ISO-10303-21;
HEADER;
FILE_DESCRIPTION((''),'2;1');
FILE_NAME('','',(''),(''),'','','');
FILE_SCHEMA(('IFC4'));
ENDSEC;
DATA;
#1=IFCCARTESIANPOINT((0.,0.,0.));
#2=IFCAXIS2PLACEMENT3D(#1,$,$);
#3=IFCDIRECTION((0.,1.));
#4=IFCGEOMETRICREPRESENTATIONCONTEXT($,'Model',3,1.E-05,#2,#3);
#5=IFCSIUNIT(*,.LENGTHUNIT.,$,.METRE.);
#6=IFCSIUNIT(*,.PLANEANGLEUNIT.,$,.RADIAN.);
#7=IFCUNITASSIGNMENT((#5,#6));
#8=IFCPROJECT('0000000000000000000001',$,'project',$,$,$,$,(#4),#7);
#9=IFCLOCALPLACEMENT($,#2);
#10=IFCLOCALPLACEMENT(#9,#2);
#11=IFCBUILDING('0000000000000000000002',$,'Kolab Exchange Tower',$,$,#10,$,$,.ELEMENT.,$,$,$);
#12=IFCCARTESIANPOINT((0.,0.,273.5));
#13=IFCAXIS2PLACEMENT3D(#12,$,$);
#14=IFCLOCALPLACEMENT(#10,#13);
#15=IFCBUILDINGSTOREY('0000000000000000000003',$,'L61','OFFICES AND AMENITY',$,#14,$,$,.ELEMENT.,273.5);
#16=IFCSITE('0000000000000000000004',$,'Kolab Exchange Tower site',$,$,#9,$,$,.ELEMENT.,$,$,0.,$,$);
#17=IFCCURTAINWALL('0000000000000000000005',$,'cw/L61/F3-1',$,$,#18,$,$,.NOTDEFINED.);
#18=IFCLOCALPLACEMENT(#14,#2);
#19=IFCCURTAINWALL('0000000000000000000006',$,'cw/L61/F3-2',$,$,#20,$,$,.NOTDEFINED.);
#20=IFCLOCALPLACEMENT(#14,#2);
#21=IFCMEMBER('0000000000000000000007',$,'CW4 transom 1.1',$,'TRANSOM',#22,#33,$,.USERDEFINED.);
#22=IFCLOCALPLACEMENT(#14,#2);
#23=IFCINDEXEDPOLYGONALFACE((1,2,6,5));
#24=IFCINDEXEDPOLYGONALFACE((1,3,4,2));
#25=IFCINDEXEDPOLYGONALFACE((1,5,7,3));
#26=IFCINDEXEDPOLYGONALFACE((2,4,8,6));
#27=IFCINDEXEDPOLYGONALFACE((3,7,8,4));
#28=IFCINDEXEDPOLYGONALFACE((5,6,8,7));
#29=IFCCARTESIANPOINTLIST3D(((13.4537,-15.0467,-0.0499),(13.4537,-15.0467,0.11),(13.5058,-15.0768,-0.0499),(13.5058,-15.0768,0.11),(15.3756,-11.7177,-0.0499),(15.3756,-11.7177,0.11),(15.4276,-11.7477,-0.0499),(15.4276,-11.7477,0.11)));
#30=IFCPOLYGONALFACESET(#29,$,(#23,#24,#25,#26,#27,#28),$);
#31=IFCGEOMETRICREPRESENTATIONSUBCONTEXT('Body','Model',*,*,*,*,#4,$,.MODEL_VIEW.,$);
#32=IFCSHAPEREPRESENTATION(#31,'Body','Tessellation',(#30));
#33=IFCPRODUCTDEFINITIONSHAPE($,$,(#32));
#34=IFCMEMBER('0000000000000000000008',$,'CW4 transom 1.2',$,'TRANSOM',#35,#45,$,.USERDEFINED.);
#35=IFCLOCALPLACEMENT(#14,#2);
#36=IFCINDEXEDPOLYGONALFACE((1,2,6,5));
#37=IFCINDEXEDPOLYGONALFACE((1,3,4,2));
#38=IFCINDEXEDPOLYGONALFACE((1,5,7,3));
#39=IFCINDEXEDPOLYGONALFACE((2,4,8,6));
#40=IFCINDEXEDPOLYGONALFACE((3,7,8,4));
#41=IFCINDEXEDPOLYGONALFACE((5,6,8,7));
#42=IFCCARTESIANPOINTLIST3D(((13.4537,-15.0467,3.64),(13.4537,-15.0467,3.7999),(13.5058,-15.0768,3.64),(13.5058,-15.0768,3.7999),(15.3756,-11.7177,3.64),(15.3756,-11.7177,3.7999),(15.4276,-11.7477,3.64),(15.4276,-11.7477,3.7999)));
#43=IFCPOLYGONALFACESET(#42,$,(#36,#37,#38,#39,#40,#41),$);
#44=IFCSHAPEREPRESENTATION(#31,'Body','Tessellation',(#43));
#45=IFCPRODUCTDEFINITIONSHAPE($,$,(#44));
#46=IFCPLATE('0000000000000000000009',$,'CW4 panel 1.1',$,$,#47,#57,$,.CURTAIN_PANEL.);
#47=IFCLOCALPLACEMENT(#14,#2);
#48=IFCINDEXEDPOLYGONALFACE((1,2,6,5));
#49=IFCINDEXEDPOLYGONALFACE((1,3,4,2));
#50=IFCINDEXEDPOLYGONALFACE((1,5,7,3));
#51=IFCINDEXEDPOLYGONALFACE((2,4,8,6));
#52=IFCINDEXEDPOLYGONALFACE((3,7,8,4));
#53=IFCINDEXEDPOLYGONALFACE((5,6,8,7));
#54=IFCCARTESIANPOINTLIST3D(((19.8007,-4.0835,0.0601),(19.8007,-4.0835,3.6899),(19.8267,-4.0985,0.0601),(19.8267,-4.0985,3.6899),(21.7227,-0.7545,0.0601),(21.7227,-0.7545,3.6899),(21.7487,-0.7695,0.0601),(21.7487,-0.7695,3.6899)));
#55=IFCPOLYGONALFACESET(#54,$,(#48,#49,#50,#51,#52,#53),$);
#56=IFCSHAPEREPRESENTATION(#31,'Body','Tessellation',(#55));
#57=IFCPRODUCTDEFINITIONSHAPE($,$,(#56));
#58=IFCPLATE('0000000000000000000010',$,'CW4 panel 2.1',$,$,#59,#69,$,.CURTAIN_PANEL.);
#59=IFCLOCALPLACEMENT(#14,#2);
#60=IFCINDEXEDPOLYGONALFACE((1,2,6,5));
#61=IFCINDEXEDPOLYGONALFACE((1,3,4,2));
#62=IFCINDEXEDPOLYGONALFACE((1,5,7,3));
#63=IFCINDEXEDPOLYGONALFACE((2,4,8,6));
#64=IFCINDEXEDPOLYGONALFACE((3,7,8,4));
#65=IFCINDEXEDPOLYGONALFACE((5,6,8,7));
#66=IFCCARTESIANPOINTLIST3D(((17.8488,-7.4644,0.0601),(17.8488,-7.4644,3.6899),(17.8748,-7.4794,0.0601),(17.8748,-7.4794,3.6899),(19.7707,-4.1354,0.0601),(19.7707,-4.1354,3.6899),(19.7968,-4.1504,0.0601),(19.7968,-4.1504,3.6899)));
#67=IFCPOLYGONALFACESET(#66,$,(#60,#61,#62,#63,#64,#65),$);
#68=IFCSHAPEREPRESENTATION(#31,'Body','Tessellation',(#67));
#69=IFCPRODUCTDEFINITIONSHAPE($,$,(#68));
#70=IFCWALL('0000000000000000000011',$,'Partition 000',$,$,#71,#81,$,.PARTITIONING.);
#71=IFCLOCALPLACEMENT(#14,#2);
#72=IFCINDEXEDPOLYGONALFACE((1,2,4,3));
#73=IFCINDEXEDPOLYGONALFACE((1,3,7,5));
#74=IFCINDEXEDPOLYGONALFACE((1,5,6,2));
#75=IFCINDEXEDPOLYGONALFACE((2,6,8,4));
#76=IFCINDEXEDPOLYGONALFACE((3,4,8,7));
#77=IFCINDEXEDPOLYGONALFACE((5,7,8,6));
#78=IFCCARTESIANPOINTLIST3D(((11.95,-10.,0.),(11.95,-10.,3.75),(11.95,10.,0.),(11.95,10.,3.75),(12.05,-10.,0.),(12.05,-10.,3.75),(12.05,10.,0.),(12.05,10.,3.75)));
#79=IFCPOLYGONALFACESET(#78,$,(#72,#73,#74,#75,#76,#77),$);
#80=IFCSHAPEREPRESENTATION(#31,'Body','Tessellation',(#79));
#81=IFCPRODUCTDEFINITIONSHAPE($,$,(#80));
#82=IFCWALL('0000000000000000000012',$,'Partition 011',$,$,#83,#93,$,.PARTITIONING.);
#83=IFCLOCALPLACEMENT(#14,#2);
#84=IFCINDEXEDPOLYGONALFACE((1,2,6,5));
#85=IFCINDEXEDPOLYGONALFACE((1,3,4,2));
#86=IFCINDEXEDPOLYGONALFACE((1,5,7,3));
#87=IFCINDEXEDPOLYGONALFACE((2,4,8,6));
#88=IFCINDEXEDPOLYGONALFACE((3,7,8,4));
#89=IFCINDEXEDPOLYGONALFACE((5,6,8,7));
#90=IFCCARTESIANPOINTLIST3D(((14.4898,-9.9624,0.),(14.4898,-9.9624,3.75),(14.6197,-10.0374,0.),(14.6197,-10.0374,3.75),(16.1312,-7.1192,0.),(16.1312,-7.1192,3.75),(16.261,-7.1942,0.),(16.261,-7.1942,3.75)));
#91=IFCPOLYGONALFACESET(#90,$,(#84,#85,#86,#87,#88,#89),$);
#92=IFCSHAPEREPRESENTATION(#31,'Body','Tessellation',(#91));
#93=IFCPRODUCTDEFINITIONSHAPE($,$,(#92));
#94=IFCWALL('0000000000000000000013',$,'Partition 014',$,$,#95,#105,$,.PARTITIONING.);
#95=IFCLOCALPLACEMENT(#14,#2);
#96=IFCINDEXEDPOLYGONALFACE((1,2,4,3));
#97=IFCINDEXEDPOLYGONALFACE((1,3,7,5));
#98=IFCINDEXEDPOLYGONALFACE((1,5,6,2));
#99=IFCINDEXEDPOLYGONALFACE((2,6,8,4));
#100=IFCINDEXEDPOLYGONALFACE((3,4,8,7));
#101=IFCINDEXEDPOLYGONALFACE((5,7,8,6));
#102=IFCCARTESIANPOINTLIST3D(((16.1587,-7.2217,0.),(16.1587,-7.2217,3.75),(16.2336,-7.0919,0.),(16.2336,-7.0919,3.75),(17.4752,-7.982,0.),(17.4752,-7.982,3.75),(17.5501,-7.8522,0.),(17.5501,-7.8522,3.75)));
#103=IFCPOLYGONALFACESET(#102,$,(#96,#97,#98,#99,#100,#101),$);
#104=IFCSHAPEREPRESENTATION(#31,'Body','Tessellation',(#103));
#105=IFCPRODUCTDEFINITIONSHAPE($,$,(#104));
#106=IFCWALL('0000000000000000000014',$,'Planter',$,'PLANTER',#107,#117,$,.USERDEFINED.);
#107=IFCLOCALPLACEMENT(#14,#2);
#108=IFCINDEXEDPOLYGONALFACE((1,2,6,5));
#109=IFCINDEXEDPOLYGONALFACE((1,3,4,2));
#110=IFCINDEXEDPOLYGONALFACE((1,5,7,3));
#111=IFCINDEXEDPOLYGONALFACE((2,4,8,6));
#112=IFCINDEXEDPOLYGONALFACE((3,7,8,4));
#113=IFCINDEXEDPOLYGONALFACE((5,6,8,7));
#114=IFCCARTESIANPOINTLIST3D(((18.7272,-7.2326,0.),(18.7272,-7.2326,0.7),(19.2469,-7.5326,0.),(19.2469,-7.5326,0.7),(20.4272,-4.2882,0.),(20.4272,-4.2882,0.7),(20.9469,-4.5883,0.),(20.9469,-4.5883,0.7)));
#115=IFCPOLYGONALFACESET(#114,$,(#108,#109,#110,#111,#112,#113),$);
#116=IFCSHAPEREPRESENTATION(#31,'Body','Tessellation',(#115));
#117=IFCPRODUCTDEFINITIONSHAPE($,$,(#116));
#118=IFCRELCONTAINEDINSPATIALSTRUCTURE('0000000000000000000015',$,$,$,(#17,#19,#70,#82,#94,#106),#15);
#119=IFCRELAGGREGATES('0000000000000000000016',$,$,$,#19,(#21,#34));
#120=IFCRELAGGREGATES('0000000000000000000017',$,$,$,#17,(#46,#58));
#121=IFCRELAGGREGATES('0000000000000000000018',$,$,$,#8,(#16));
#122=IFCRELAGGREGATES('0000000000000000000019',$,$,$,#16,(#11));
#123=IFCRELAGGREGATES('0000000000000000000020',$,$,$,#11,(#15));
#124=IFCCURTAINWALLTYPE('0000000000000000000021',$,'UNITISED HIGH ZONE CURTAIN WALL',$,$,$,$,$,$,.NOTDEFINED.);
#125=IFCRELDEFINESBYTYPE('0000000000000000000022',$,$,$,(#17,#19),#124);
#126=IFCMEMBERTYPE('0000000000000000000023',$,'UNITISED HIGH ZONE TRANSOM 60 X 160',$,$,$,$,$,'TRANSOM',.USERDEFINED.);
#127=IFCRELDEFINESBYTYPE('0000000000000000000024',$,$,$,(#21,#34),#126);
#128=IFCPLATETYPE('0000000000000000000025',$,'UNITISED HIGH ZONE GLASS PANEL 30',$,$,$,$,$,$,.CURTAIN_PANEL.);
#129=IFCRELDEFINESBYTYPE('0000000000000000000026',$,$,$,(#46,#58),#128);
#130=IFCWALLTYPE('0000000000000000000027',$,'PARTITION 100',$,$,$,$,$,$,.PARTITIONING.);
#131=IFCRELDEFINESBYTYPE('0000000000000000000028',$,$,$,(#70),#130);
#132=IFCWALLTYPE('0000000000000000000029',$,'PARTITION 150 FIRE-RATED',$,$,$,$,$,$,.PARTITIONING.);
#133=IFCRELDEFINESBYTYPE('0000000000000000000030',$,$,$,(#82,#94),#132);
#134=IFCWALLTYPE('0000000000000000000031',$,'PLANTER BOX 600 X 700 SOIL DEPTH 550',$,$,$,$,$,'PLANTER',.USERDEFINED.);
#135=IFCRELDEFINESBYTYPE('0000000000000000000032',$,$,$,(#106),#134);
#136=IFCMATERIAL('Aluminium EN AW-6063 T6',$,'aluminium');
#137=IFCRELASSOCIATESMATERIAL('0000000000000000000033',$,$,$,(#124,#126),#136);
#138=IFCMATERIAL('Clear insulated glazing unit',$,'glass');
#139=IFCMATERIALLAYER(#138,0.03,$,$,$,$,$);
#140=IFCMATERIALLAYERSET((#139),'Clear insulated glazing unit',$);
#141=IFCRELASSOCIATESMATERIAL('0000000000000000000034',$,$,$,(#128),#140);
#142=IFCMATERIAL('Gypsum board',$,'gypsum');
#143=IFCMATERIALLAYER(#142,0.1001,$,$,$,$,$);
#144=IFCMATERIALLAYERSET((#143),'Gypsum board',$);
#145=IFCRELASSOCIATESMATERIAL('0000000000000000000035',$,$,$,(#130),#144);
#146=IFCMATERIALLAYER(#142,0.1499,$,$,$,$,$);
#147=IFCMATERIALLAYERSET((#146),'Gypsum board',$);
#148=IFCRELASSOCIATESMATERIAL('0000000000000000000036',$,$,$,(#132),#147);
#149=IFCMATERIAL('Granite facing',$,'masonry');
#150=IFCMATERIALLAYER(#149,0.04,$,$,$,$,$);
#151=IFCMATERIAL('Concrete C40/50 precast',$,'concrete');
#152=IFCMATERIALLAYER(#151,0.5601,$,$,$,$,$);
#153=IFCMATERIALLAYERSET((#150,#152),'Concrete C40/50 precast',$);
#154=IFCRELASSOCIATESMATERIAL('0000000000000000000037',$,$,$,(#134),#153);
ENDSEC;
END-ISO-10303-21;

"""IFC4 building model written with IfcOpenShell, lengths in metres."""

from ifc_helpers import new_model, si_unit, direction, frame, frame_2d, origin, origin_2d, place, context, subcontext, project, spatial, rectangle, extrude, material, layer, layer_set, material_profile, profile_set, type_object, element, aggregate, save


model = new_model("IFC4")

# Units and contexts
model_context = context("Model", 3, precision=1e-05, world=origin(), true_north=direction((0.0, 1.0)))
body_context = subcontext(model_context, "Body", "Model", "MODEL_VIEW")
ifc_project = project(units=[si_unit("LENGTHUNIT", "METRE"), si_unit("PLANEANGLEUNIT", "RADIAN")], contexts=[model_context])

# Site, building, storey
site_placement = place(None, origin())
site = spatial("IfcSite", under=ifc_project, at=site_placement, Name="Kolab Exchange Tower site", CompositionType="ELEMENT", RefElevation=0.0)
building_placement = place(site_placement, origin())
building = spatial("IfcBuilding", under=site, at=building_placement, Name="Kolab Exchange Tower", CompositionType="ELEMENT")
storey_placement = place(building_placement, frame((0.0, 0.0, 273.5)))
storey = spatial("IfcBuildingStorey", under=building, at=storey_placement, Name="L61", Description="OFFICES AND AMENITY", CompositionType="ELEMENT", Elevation=273.5)

# Curtain wall
ifc_material_1 = material(Name="Aluminium EN AW-6063 T6", Category="aluminium")
curtain_wall_type = type_object("IfcCurtainWallType", Name="UNITISED HIGH ZONE CURTAIN WALL", PredefinedType="NOTDEFINED", material=ifc_material_1)
curtain_wall_1_placement = place(storey_placement, origin())
curtain_wall_1 = element("IfcCurtainWall", 1, at=curtain_wall_1_placement, inside=storey, type_object=curtain_wall_type, Name="cw/L61/F3-1", PredefinedType="NOTDEFINED")

# Curtain wall
curtain_wall_2_placement = place(storey_placement, origin())
curtain_wall_2 = element("IfcCurtainWall", 2, at=curtain_wall_2_placement, inside=storey, type_object=curtain_wall_type, Name="cw/L61/F3-2", PredefinedType="NOTDEFINED")

# Members
ifc_material_profile_1 = material_profile(ifc_material_1, rectangle(XDim=0.0601, YDim=0.1599, at=origin_2d()), Name="RECT 60X160")
ifc_profile_set_1 = profile_set([ifc_material_profile_1], Name="Aluminium EN AW-6063 T6")
member_type_1 = type_object("IfcMemberType", Name="UNITISED HIGH ZONE TRANSOM 60 X 160", ElementType="TRANSOM", PredefinedType="USERDEFINED", material=ifc_profile_set_1)
member_1_placement = place(storey_placement, frame((15.4016, -11.7327, 0.03), z_axis=(-0.499964, -0.866046, 0.0), x_axis=(0.866046, -0.499964, 0.0)))
member_1 = element("IfcMember", 3, at=member_1_placement, type_object=member_type_1, Name="CW4 transom 1.1", ObjectType="TRANSOM", PredefinedType="USERDEFINED", context=body_context, shape_type="SweptSolid", body=[
    extrude(rectangle(XDim=0.0601, YDim=0.1599, at=origin_2d()), origin(), (0.0, 0.0, 1.0), 3.844),
])
member_2_placement = place(storey_placement, frame((15.4016, -11.7327, 3.72), z_axis=(-0.499964, -0.866046, 0.0), x_axis=(0.866046, -0.499964, 0.0)))
member_2 = element("IfcMember", 4, at=member_2_placement, type_object=member_type_1, Name="CW4 transom 1.2", ObjectType="TRANSOM", PredefinedType="USERDEFINED", context=body_context, shape_type="SweptSolid", body=[
    extrude(rectangle(XDim=0.0601, YDim=0.1599, at=origin_2d()), origin(), (0.0, 0.0, 1.0), 3.844),
])
aggregate(curtain_wall_2, [member_1, member_2])

# Plates
ifc_material_2 = material(Name="Clear insulated glazing unit", Category="glass")
ifc_layer_1 = layer(ifc_material_2, 0.03)
ifc_layer_set_1 = layer_set([ifc_layer_1], Name="Clear insulated glazing unit")
plate_type = type_object("IfcPlateType", Name="UNITISED HIGH ZONE GLASS PANEL 30", PredefinedType="CURTAIN_PANEL", material=ifc_layer_set_1)
plate_1_placement = place(storey_placement, frame((20.7747, -2.4265, 0.0601), z_axis=(0.0, 0.0, 1.0), x_axis=(-0.5, -0.866025, 0.0)))
plate_1 = element("IfcPlate", 5, at=plate_1_placement, type_object=plate_type, Name="CW4 panel 1.1", PredefinedType="CURTAIN_PANEL", context=body_context, shape_type="SweptSolid", body=[
    extrude(rectangle(XDim=3.844, YDim=0.03, at=origin_2d()), origin(), (0.0, 0.0, 1.0), 3.6299),
])
plate_2_placement = place(storey_placement, frame((18.8228, -5.8074, 0.0601), z_axis=(0.0, 0.0, 1.0), x_axis=(-0.5, -0.866025, 0.0)))
plate_2 = element("IfcPlate", 6, at=plate_2_placement, type_object=plate_type, Name="CW4 panel 2.1", PredefinedType="CURTAIN_PANEL", context=body_context, shape_type="SweptSolid", body=[
    extrude(rectangle(XDim=3.844, YDim=0.03, at=origin_2d()), origin(), (0.0, 0.0, 1.0), 3.6299),
])
aggregate(curtain_wall_1, [plate_1, plate_2])

# Walls
ifc_material_3 = material(Name="Gypsum board", Category="gypsum")
ifc_layer_2 = layer(ifc_material_3, 0.1001)
ifc_layer_set_2 = layer_set([ifc_layer_2], Name="Gypsum board")
wall_type_1 = type_object("IfcWallType", Name="PARTITION 100", PredefinedType="PARTITIONING", material=ifc_layer_set_2)
wall_1_placement = place(storey_placement, frame((12.0, -10.0, 0.0), z_axis=(0.0, 0.0, 1.0), x_axis=(0.0, 1.0, 0.0)))
element("IfcWall", 7, at=wall_1_placement, inside=storey, type_object=wall_type_1, Name="Partition 000", PredefinedType="PARTITIONING", context=body_context, shape_type="SweptSolid", body=[
    extrude(rectangle(XDim=20.0, YDim=0.1001, at=frame_2d((10.0, 0.0))), origin(), (0.0, 0.0, 1.0), 3.75),
])
ifc_layer_3 = layer(ifc_material_3, 0.1499)
ifc_layer_set_3 = layer_set([ifc_layer_3], Name="Gypsum board")
wall_type_2 = type_object("IfcWallType", Name="PARTITION 150 FIRE-RATED", PredefinedType="PARTITIONING", material=ifc_layer_set_3)
wall_2_placement = place(storey_placement, frame((14.5547, -10.0, 0.0), z_axis=(0.0, 0.0, 1.0), x_axis=(0.499954, 0.866052, 0.0)))
element("IfcWall", 8, at=wall_2_placement, inside=storey, type_object=wall_type_2, Name="Partition 011", PredefinedType="PARTITIONING", context=body_context, shape_type="SweptSolid", body=[
    extrude(rectangle(XDim=3.283, YDim=0.1499, at=frame_2d((1.6416, 0.0))), origin(), (0.0, 0.0, 1.0), 3.75),
])
wall_3_placement = place(storey_placement, frame((16.196, -7.1567, 0.0), z_axis=(0.0, 0.0, 1.0), x_axis=(0.865961, -0.500112, 0.0)))
element("IfcWall", 9, at=wall_3_placement, inside=storey, type_object=wall_type_2, Name="Partition 014", PredefinedType="PARTITIONING", context=body_context, shape_type="SweptSolid", body=[
    extrude(rectangle(XDim=1.5203, YDim=0.1499, at=frame_2d((0.7603, 0.0))), origin(), (0.0, 0.0, 1.0), 3.75),
])
ifc_material_4 = material(Name="Granite facing", Category="masonry")
ifc_layer_4 = layer(ifc_material_4, 0.04)
ifc_material_5 = material(Name="Concrete C40/50 precast", Category="concrete")
ifc_layer_5 = layer(ifc_material_5, 0.5601)
ifc_layer_set_4 = layer_set([ifc_layer_4, ifc_layer_5], Name="Concrete C40/50 precast")
wall_type_3 = type_object("IfcWallType", Name="PLANTER BOX 600 X 700 SOIL DEPTH 550", ElementType="PLANTER", PredefinedType="USERDEFINED", material=ifc_layer_set_4)
wall_4_placement = place(storey_placement, frame((20.687, -4.4382, 0.0), z_axis=(0.0, 0.0, 1.0), x_axis=(-0.500008, -0.866021, 0.0)))
element("IfcWall", 10, at=wall_4_placement, inside=storey, type_object=wall_type_3, Name="Planter", ObjectType="PLANTER", PredefinedType="USERDEFINED", context=body_context, shape_type="SweptSolid", body=[
    extrude(rectangle(XDim=3.3999, YDim=0.6001, at=frame_2d((1.7, 0.0))), origin(), (0.0, 0.0, 1.0), 0.7),
])

save(model, "model.ifc")
